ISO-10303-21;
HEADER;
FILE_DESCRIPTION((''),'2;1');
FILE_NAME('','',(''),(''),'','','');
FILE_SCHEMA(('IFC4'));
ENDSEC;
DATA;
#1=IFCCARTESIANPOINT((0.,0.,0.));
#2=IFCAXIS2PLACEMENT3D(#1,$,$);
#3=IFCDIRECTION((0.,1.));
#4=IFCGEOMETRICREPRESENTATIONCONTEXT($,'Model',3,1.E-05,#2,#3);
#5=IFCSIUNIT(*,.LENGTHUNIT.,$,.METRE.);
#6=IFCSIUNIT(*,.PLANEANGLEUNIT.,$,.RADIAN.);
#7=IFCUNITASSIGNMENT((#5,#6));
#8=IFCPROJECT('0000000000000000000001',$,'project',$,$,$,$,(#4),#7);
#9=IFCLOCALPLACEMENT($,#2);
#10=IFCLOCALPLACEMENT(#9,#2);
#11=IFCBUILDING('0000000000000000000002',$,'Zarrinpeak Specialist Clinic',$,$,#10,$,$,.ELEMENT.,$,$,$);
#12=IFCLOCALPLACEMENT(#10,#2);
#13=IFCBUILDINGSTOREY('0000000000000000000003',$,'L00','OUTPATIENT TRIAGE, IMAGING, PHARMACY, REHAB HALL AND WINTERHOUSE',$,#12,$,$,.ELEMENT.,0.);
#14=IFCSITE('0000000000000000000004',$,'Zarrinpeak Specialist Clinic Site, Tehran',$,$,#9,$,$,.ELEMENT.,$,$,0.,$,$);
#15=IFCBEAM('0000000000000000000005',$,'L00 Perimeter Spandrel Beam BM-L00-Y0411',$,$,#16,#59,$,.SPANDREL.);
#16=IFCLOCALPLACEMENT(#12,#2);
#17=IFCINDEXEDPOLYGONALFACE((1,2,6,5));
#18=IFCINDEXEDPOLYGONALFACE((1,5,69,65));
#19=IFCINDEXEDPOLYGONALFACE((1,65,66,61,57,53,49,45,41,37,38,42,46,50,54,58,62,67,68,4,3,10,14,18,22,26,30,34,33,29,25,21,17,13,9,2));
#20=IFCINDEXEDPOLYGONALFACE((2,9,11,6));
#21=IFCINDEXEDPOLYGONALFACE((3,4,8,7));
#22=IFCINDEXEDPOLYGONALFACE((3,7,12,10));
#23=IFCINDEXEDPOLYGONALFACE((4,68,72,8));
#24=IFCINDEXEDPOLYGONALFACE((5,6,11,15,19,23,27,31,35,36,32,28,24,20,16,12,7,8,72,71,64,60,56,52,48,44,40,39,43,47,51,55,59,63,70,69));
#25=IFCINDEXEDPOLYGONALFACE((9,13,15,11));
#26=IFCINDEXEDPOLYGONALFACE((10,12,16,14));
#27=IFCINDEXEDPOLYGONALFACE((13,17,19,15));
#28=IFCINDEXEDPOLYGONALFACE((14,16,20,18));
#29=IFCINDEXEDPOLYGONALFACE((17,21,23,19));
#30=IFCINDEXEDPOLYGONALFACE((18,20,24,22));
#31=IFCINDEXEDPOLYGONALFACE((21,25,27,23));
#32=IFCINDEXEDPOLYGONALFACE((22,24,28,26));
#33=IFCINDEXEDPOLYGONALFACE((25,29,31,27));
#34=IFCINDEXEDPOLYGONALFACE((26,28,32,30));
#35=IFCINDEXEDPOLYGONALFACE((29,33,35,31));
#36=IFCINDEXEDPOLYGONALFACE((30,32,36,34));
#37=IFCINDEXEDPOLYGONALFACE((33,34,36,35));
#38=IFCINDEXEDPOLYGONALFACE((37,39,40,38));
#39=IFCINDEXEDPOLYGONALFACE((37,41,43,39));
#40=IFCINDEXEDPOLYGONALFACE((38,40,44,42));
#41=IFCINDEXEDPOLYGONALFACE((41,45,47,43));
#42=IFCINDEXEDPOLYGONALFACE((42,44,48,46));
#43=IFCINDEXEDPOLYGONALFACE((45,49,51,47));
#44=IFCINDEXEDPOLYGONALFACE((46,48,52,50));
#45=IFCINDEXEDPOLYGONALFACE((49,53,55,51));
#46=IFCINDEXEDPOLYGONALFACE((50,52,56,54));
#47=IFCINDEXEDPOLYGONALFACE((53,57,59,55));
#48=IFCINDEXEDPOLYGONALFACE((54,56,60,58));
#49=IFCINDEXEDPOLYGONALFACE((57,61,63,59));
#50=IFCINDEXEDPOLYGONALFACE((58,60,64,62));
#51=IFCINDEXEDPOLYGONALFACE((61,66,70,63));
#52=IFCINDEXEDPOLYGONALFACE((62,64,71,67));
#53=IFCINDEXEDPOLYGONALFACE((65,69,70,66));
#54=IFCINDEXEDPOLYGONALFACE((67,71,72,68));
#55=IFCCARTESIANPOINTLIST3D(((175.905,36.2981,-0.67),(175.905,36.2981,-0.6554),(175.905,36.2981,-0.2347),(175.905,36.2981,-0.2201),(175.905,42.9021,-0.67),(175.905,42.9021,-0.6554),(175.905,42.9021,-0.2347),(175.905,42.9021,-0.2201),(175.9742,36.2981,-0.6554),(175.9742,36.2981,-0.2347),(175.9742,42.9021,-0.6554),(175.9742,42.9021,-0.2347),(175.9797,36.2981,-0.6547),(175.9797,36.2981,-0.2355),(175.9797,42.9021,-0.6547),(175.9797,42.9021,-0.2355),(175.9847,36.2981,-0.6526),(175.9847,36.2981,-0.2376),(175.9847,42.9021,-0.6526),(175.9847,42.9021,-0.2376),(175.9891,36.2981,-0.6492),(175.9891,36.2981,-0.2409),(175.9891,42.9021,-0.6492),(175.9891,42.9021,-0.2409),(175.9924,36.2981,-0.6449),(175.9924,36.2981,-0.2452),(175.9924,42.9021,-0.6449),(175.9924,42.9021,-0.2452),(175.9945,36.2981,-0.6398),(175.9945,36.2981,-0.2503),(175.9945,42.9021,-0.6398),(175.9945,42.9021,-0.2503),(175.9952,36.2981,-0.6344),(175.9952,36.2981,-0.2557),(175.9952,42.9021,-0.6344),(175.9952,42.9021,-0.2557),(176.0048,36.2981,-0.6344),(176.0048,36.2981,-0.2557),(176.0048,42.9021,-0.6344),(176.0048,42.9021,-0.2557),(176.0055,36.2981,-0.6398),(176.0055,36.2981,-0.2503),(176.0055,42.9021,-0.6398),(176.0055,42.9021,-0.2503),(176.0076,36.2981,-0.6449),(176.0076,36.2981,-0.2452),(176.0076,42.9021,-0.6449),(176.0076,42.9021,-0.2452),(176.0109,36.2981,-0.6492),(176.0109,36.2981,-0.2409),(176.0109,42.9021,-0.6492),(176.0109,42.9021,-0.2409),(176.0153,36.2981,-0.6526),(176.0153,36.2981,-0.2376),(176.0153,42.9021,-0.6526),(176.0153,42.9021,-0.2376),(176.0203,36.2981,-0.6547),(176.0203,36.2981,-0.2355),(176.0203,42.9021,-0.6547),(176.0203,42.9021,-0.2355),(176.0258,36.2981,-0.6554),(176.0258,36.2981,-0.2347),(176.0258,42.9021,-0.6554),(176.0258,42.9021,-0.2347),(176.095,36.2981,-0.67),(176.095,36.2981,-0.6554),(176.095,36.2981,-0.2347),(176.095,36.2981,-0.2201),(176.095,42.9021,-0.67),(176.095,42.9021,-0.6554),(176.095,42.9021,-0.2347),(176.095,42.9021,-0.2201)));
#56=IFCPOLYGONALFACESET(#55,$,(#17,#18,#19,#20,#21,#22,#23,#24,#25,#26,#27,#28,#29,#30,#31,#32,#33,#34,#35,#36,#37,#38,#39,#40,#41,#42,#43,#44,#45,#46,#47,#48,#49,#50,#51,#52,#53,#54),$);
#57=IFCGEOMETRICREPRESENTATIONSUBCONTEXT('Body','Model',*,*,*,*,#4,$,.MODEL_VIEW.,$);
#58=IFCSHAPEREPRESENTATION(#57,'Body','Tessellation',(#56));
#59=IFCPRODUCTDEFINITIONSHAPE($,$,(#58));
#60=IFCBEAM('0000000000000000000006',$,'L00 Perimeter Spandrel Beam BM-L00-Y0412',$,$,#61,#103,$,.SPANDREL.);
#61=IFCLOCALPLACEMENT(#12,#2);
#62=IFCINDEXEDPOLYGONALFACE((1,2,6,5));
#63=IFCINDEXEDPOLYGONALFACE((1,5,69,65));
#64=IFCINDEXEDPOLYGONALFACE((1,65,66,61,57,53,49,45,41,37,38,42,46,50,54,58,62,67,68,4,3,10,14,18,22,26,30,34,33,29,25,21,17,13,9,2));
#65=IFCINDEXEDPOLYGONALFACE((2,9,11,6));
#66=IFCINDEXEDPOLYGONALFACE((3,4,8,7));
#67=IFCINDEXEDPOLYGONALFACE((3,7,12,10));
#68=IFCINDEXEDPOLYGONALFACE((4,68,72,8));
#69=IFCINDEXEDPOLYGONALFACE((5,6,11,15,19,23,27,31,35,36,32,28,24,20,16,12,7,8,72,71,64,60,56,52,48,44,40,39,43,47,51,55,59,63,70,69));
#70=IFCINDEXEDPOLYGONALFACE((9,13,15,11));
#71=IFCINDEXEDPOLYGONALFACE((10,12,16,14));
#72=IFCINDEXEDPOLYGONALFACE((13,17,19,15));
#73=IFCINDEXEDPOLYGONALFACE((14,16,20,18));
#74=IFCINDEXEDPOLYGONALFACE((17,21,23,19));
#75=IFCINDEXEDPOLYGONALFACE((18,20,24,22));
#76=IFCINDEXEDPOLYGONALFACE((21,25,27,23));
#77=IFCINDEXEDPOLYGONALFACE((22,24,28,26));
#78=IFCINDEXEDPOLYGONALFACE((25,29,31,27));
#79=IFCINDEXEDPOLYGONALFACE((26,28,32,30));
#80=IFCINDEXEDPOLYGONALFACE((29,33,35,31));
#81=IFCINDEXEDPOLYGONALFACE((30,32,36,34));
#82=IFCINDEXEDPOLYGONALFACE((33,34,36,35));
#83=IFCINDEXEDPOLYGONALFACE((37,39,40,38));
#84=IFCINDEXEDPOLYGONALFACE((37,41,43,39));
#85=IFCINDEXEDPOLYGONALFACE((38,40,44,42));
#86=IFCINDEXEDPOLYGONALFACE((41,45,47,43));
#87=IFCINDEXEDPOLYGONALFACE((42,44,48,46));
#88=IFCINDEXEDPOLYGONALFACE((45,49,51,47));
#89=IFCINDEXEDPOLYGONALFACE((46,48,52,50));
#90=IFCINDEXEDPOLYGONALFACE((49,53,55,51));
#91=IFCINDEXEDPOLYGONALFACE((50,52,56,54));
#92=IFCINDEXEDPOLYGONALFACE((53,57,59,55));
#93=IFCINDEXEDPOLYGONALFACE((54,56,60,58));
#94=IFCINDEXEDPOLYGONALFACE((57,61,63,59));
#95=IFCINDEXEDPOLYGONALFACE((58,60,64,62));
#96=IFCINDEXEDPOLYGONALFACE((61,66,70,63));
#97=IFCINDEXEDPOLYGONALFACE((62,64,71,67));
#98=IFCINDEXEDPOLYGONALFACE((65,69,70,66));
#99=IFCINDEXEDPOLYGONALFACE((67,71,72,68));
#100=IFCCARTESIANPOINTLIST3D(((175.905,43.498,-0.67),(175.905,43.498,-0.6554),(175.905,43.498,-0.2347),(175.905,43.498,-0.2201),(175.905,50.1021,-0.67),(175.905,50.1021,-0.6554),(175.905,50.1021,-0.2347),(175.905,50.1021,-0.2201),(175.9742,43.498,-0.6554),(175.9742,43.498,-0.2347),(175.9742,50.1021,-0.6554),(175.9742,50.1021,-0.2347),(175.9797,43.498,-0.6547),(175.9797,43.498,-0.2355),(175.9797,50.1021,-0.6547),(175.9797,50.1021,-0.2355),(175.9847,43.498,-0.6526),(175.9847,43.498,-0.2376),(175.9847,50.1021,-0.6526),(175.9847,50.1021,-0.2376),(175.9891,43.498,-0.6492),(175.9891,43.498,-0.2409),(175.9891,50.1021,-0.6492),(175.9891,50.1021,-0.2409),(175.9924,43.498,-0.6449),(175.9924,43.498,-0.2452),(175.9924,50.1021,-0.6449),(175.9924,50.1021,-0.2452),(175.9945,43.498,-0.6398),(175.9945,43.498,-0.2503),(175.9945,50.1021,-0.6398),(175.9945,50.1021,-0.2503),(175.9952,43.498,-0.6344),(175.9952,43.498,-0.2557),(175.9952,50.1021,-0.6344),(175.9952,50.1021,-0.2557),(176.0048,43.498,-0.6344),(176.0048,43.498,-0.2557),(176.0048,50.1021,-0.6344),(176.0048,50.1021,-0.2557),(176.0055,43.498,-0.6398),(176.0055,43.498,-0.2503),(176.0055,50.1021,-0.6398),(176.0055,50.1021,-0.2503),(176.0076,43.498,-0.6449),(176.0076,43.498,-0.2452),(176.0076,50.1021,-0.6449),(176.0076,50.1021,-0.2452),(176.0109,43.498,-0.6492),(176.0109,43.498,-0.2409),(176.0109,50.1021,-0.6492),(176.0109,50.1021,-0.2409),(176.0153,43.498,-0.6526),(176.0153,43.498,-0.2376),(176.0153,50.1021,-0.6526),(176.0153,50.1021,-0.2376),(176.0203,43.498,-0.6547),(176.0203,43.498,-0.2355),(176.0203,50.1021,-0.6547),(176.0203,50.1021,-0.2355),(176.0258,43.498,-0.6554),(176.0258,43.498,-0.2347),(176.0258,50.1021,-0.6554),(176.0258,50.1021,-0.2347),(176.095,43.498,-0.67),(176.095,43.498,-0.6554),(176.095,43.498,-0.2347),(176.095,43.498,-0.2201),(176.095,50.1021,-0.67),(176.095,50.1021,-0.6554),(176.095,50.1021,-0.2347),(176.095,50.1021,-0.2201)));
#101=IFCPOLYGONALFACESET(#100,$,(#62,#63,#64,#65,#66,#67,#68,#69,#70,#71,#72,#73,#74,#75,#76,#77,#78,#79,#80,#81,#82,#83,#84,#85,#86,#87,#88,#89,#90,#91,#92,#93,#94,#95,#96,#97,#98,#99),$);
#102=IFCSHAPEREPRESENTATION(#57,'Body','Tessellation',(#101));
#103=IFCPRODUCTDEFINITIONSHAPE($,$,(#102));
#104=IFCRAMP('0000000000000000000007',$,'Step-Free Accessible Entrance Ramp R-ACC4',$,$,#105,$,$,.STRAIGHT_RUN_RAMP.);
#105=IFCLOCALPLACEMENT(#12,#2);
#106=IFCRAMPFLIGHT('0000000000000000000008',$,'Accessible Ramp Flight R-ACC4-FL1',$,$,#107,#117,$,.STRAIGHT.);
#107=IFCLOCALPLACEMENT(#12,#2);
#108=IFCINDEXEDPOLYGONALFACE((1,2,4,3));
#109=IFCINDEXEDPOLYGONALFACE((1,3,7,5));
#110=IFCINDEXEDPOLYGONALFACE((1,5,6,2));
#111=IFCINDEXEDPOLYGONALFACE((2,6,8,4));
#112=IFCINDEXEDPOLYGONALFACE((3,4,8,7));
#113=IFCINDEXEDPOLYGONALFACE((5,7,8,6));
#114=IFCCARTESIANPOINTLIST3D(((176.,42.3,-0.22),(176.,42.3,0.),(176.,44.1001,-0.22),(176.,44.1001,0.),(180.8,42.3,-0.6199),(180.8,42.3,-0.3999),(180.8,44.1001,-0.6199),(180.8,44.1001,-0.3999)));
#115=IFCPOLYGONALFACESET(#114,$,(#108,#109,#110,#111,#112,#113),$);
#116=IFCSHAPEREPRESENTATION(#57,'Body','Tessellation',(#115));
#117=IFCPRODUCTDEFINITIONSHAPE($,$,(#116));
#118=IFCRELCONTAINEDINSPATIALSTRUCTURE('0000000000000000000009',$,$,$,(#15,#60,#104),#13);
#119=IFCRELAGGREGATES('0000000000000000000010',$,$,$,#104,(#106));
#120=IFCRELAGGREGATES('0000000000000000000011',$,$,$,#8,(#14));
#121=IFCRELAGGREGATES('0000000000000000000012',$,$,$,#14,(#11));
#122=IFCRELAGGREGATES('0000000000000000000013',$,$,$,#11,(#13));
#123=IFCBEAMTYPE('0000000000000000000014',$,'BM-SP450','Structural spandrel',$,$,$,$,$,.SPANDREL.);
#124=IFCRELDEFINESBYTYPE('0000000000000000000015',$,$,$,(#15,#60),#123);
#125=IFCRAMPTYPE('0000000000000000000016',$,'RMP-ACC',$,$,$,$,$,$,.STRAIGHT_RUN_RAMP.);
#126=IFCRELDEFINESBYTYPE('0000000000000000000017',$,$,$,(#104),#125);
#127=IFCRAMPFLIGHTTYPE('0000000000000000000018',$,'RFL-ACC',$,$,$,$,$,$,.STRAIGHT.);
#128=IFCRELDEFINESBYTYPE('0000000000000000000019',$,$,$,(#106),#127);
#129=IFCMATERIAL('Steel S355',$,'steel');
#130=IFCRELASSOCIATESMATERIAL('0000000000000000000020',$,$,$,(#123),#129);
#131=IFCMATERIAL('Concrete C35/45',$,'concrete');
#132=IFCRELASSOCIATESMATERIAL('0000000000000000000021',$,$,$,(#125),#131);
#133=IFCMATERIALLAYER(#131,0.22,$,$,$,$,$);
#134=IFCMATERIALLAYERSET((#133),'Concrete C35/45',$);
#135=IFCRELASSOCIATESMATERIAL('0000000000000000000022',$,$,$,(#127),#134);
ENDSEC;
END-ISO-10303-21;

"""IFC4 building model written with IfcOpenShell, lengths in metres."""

from ifc_helpers import new_model, si_unit, direction, frame, origin, origin_2d, place, context, subcontext, project, spatial, polyline, i_section, outline, extrude, material, layer, layer_set, material_profile, profile_set, type_object, element, aggregate, save


model = new_model("IFC4")

# Units and contexts
model_context = context("Model", 3, precision=1e-05, world=origin(), true_north=direction((0.0, 1.0)))
body_context = subcontext(model_context, "Body", "Model", "MODEL_VIEW")
ifc_project = project(units=[si_unit("LENGTHUNIT", "METRE"), si_unit("PLANEANGLEUNIT", "RADIAN")], contexts=[model_context])

# Site, building, storey
site_placement = place(None, origin())
site = spatial("IfcSite", under=ifc_project, at=site_placement, Name="Zarrinpeak Specialist Clinic Site, Tehran", CompositionType="ELEMENT", RefElevation=0.0)
building_placement = place(site_placement, origin())
building = spatial("IfcBuilding", under=site, at=building_placement, Name="Zarrinpeak Specialist Clinic", CompositionType="ELEMENT")
storey_placement = place(building_placement, origin())
storey = spatial("IfcBuildingStorey", under=building, at=storey_placement, Name="L00", Description="OUTPATIENT TRIAGE, IMAGING, PHARMACY, REHAB HALL AND WINTERHOUSE", CompositionType="ELEMENT", Elevation=0.0)

# Beams
ifc_material_1 = material(Name="Steel S355", Category="steel")
ifc_material_profile_1 = material_profile(ifc_material_1, i_section(OverallWidth=0.1899, OverallDepth=0.45, WebThickness=0.0095, FlangeThickness=0.0146, FilletRadius=0.021, at=origin_2d()), Name="IPE 450")
ifc_profile_set_1 = profile_set([ifc_material_profile_1], Name="Steel S355")
beam_type_1 = type_object("IfcBeamType", Name="BM-SP450", Description="Structural spandrel", PredefinedType="SPANDREL", material=ifc_profile_set_1)
for number, where, z_axis, x_axis, name in (
    (1, (176.0, 36.2981, -0.4451), (0.0, 1.0, 0.0), (-1.0, 0.0, 0.0), "L00 Perimeter Spandrel Beam BM-L00-Y0411"),
    (2, (176.0, 43.498, -0.4451), (0.0, 1.0, 0.0), (-1.0, 0.0, 0.0), "L00 Perimeter Spandrel Beam BM-L00-Y0412"),
):
    element("IfcBeam", number, at=place(storey_placement, frame(where, z_axis=z_axis, x_axis=x_axis)), inside=storey, type_object=beam_type_1, Name=name, PredefinedType="SPANDREL", context=body_context, shape_type="SweptSolid", body=[
        extrude(i_section(OverallWidth=0.1899, OverallDepth=0.45, WebThickness=0.0095, FlangeThickness=0.0146, FilletRadius=0.021, at=origin_2d()), origin(), (0.0, 0.0, 1.0), 6.604),
    ])

# Ramp, ramp flight
ifc_material_2 = material(Name="Concrete C35/45", Category="concrete")
ramp_type = type_object("IfcRampType", Name="RMP-ACC", PredefinedType="STRAIGHT_RUN_RAMP", material=ifc_material_2)
ramp_placement = place(storey_placement, origin())
ramp = element("IfcRamp", 3, at=ramp_placement, inside=storey, type_object=ramp_type, Name="Step-Free Accessible Entrance Ramp R-ACC4", PredefinedType="STRAIGHT_RUN_RAMP")
ifc_layer_1 = layer(ifc_material_2, 0.22)
ifc_layer_set_1 = layer_set([ifc_layer_1], Name="Concrete C35/45")
ramp_flight_type = type_object("IfcRampFlightType", Name="RFL-ACC", PredefinedType="STRAIGHT", material=ifc_layer_set_1)
ramp_flight_placement = place(storey_placement, frame((180.8, 43.2, -0.3999), z_axis=(0.0, 0.0, 1.0), x_axis=(-1.0, 0.0, 0.0)))
ramp_flight = element("IfcRampFlight", 4, at=ramp_flight_placement, type_object=ramp_flight_type, Name="Accessible Ramp Flight R-ACC4-FL1", PredefinedType="STRAIGHT", context=body_context, shape_type="SweptSolid", body=[
    extrude(outline(polyline([(0.0, 0.0), (0.0, -0.22), (4.8, 0.1799), (4.8, 0.3999), (0.0, 0.0)])), frame((0.0, 0.8999, 0.0), z_axis=(0.0, -1.0, 0.0), x_axis=(1.0, 0.0, 0.0)), (0.0, 0.0, 1.0), 1.8),
])
aggregate(ramp, [ramp_flight])

save(model, "model.ifc")
